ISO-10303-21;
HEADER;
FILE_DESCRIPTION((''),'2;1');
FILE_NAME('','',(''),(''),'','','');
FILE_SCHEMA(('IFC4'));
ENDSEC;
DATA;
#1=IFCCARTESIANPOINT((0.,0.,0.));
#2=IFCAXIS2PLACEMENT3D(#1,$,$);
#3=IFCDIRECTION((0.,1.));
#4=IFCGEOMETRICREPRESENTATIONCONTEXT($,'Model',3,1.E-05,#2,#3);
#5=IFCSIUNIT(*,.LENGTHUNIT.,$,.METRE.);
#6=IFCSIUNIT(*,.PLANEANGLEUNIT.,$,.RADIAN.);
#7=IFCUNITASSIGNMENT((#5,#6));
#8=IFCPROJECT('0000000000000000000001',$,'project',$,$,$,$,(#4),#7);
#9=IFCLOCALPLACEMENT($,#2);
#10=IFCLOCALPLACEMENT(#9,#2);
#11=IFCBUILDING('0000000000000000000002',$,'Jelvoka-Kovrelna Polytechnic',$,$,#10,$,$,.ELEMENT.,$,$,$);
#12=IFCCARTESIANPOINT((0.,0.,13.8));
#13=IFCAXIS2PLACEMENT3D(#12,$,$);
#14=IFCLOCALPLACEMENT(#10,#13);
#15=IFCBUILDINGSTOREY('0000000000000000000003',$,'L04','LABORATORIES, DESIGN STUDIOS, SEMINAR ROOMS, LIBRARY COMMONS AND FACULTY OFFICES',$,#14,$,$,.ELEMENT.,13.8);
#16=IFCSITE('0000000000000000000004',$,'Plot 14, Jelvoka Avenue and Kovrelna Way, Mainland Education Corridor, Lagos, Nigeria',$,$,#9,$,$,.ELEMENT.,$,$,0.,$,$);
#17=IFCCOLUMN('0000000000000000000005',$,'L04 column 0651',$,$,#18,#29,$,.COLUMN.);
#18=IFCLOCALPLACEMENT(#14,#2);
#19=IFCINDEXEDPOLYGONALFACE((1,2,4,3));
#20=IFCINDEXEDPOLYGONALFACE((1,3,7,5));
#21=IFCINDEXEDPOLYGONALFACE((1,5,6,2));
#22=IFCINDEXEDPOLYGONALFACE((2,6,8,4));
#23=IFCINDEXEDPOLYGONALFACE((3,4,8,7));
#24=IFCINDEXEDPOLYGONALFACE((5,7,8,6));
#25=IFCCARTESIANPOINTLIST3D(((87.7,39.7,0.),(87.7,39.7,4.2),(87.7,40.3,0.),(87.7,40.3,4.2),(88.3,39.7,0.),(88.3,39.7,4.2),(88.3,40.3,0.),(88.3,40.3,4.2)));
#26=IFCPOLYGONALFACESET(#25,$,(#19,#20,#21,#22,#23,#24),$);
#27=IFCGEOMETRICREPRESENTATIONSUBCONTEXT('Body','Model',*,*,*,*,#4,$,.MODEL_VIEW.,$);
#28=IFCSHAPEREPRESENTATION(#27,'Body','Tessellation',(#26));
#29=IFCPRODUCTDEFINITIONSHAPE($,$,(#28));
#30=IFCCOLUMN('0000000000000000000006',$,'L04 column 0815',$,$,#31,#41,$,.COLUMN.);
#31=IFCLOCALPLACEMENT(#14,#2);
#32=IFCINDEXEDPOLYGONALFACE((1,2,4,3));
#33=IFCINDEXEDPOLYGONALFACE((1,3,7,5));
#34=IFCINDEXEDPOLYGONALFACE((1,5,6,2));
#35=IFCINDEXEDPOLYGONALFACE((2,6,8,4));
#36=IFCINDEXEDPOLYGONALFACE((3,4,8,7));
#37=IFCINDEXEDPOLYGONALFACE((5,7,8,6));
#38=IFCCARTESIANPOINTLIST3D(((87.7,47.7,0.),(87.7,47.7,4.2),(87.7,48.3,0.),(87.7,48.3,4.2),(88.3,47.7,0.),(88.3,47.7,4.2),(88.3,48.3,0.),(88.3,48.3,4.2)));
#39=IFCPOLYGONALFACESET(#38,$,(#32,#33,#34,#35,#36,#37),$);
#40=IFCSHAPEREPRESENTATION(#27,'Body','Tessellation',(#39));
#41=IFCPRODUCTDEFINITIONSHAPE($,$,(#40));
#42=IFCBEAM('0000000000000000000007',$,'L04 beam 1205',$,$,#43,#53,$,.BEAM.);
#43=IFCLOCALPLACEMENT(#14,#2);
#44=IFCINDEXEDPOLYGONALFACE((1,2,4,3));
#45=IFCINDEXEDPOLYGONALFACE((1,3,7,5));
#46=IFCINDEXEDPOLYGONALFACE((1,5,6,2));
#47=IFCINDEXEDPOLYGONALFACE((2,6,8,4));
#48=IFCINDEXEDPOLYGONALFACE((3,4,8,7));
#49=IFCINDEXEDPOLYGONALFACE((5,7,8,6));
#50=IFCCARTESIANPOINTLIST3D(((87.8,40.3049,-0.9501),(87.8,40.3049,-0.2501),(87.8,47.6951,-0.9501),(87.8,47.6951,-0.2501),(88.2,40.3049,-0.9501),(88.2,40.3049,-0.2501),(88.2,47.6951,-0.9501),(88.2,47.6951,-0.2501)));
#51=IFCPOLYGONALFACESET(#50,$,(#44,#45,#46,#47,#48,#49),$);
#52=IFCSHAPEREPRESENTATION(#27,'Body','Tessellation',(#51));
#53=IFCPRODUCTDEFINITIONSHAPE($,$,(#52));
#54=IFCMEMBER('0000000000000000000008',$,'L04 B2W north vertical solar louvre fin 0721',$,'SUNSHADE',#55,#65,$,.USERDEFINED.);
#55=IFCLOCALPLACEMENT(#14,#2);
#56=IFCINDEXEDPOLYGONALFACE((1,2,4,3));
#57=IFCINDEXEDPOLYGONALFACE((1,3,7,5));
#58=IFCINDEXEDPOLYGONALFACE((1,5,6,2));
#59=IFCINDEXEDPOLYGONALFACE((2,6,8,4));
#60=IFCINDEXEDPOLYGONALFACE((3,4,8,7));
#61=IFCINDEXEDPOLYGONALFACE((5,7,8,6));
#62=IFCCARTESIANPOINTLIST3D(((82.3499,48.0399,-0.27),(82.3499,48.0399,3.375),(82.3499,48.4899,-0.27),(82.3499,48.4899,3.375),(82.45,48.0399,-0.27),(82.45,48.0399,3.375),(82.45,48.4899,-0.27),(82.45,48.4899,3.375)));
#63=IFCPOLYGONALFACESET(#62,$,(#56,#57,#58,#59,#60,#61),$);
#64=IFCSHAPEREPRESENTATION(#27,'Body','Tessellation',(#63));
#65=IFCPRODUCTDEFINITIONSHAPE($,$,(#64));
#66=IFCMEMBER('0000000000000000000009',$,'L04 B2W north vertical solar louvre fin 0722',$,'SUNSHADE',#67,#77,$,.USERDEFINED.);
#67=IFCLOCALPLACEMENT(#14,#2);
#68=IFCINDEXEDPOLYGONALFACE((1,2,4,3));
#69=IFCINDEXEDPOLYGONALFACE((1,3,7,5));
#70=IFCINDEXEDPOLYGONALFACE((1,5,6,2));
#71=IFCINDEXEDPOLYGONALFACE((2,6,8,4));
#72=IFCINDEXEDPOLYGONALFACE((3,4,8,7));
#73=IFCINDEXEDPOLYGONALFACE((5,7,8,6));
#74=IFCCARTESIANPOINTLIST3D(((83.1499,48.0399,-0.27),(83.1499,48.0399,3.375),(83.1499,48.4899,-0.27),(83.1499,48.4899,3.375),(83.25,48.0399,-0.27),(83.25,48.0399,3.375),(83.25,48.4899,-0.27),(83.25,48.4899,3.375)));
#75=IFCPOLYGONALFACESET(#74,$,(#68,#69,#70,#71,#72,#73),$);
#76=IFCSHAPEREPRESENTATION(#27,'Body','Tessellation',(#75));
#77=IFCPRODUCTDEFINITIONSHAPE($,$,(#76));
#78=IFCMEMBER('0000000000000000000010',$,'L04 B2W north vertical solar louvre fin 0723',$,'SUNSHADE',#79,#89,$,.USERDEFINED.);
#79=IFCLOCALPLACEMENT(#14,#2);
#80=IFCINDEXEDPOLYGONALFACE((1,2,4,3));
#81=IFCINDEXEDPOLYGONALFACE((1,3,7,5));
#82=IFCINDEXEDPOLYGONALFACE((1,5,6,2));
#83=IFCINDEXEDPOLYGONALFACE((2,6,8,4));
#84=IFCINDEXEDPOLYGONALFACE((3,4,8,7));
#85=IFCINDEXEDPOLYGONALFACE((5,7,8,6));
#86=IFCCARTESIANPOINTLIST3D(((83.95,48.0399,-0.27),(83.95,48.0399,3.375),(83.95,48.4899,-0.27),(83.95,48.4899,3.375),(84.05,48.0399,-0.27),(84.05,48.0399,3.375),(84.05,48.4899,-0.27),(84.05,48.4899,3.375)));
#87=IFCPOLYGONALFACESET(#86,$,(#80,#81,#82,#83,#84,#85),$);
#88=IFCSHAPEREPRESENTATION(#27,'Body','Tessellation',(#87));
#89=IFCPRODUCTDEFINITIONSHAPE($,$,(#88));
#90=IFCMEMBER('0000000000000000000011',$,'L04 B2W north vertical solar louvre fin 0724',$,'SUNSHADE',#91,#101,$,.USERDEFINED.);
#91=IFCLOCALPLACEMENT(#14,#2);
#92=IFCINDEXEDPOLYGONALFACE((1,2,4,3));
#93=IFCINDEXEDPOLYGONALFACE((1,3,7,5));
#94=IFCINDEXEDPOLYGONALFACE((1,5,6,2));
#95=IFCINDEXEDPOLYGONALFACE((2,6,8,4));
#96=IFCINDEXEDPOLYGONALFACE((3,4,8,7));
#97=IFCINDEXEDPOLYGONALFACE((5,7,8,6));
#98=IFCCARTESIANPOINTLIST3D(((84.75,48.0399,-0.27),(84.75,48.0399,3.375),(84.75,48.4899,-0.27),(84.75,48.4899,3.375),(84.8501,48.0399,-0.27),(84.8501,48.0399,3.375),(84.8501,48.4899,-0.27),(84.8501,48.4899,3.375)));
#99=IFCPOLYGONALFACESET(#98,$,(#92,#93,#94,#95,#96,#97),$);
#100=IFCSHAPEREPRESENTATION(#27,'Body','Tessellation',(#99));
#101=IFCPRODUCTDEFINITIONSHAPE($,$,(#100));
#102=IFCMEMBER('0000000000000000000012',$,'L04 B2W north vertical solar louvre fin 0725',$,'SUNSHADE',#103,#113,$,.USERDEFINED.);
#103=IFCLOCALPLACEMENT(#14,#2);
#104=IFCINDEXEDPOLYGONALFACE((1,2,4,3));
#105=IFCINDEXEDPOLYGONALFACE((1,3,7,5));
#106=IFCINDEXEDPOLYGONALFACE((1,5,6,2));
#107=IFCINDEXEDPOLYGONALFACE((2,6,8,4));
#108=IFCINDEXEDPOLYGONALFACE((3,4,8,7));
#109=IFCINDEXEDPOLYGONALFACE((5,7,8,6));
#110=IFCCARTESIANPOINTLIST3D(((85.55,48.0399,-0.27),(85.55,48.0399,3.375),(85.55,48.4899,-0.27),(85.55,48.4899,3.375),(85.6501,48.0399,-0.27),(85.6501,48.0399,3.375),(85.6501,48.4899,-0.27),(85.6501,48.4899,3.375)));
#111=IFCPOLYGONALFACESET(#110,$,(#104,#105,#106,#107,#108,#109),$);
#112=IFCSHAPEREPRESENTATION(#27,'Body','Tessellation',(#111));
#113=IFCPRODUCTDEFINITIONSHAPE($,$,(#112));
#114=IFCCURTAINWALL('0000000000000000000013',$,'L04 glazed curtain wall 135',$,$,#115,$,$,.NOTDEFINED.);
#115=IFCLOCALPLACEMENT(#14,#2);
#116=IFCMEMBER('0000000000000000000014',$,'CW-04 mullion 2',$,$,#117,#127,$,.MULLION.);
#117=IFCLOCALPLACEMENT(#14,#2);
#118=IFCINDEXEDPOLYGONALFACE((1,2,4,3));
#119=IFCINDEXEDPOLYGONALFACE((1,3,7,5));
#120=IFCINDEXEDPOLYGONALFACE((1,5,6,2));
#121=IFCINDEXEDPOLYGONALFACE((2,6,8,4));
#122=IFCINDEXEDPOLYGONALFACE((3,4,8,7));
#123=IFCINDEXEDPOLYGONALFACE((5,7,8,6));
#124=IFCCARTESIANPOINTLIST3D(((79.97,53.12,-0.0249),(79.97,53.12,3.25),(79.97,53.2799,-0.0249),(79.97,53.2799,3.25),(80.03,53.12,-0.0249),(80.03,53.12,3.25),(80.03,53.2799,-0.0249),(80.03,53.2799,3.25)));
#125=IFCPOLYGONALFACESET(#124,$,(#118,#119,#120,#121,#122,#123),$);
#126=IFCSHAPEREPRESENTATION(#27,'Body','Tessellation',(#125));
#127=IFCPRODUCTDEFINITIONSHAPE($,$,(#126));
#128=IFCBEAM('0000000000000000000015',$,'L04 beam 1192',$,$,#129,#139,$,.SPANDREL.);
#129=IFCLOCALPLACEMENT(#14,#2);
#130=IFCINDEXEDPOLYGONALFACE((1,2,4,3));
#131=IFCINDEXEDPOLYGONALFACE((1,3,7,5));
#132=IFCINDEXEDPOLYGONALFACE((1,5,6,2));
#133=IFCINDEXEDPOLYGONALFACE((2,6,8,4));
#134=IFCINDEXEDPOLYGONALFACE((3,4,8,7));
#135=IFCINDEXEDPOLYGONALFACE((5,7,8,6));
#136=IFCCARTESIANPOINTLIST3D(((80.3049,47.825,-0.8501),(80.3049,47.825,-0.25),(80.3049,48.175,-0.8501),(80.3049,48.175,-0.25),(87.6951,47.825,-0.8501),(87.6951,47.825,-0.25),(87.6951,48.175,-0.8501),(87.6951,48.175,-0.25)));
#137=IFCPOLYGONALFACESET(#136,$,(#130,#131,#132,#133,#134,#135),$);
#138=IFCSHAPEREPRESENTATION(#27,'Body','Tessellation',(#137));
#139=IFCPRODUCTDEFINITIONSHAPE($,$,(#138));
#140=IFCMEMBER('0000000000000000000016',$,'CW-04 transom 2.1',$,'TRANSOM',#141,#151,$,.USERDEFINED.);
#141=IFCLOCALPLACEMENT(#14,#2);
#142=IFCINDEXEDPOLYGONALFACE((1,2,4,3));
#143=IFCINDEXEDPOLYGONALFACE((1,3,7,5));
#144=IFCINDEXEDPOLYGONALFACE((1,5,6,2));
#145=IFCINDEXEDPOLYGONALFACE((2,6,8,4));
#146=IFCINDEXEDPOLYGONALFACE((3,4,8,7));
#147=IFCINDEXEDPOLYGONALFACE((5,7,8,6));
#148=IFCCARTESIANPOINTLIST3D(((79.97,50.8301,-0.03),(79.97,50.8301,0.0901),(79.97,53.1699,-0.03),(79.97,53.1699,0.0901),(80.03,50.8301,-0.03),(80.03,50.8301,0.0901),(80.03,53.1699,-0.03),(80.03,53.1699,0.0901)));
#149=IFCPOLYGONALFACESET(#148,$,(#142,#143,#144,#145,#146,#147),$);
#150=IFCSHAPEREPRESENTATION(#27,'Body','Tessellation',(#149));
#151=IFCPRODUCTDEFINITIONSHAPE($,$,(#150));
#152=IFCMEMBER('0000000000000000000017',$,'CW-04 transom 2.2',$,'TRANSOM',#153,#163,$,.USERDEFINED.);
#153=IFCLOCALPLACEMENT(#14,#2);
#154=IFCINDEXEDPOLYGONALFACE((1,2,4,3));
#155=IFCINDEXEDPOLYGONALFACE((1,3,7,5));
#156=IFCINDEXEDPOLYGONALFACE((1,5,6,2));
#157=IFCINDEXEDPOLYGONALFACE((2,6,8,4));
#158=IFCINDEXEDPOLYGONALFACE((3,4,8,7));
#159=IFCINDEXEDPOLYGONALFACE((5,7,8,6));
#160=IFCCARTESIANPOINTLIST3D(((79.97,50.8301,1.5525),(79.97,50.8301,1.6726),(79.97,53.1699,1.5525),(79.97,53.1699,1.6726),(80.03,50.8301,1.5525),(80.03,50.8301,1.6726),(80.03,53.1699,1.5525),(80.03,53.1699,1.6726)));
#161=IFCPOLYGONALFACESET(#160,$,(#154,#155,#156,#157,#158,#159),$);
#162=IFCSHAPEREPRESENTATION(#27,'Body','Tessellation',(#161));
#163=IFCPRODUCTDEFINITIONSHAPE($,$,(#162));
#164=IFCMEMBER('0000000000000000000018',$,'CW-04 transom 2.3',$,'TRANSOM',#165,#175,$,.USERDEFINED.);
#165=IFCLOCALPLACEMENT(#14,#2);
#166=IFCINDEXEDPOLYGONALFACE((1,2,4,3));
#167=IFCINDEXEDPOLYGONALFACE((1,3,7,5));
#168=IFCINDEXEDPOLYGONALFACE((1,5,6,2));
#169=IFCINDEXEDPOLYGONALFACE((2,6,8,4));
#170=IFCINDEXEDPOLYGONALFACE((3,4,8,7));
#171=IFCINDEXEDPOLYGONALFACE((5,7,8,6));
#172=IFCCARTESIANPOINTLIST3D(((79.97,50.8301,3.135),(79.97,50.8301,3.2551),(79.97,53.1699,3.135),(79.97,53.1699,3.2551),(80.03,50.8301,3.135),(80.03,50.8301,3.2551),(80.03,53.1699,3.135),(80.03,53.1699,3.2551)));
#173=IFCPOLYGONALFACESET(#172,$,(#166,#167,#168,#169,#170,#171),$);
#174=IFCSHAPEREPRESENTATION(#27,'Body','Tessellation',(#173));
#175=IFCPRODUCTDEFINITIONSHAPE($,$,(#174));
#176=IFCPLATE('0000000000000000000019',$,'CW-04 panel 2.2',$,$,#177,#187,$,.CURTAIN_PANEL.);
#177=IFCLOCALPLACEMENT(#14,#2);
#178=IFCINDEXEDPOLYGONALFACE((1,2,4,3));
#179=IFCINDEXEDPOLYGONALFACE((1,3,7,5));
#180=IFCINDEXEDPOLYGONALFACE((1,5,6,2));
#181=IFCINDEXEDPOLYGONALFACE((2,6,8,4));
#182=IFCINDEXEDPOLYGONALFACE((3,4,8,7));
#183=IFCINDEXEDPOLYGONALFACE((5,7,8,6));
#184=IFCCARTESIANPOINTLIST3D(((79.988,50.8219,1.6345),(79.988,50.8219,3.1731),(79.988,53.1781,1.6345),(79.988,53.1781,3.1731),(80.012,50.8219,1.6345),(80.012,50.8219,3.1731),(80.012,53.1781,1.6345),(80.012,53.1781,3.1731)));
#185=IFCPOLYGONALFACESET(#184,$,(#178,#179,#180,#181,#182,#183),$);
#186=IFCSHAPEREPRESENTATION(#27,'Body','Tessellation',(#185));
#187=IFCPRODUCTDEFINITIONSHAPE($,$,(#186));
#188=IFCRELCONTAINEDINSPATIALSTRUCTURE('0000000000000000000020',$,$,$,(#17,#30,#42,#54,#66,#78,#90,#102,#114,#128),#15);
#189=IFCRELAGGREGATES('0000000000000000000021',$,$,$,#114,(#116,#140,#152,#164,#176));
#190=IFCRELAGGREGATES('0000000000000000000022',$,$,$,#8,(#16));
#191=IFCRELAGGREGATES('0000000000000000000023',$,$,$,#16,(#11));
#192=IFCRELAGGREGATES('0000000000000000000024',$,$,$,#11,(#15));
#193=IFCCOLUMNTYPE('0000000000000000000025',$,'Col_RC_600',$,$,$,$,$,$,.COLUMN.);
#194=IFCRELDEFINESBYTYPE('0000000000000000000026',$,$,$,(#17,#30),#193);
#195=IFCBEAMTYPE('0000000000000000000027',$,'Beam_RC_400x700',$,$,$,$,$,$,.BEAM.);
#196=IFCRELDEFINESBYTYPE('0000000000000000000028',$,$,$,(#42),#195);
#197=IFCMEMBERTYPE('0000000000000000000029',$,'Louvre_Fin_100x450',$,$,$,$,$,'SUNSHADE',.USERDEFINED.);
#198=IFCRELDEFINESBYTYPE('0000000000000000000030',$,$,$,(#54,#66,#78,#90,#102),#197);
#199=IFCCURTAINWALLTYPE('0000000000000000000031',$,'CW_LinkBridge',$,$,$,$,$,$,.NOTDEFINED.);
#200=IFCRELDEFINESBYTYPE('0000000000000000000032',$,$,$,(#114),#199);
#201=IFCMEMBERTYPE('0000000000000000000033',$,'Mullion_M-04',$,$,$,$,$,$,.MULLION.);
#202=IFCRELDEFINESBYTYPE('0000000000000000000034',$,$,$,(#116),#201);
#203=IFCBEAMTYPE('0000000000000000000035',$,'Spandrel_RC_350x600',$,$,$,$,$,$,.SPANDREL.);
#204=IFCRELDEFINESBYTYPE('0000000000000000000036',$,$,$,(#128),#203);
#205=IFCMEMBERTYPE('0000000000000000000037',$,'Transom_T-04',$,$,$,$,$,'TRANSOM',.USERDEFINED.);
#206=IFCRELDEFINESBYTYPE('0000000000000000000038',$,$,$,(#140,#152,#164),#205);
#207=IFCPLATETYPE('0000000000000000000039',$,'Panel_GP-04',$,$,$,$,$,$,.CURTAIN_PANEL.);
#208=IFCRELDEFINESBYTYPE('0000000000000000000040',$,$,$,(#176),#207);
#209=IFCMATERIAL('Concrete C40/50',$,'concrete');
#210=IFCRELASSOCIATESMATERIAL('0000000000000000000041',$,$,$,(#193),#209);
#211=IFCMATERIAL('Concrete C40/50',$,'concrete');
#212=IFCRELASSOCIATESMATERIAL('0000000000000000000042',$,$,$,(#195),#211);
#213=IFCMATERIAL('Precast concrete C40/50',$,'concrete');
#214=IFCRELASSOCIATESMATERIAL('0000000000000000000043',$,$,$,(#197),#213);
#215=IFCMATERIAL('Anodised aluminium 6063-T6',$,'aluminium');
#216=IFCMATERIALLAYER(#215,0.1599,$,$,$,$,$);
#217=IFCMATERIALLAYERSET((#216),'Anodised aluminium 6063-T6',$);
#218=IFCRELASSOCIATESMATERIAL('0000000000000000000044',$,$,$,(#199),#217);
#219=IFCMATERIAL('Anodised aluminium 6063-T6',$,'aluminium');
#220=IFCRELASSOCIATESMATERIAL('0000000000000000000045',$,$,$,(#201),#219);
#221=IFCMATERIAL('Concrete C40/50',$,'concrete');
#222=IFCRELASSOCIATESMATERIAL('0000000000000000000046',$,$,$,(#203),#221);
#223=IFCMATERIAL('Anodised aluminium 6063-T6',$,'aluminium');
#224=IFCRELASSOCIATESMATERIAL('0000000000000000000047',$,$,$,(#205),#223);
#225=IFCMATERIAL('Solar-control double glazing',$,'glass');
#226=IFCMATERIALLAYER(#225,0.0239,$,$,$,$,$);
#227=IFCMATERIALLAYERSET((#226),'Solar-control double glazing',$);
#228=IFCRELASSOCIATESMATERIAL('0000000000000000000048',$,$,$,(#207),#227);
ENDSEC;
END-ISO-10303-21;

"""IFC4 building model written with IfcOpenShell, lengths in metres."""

from ifc_helpers import new_model, si_unit, direction, frame, origin, origin_2d, place, context, subcontext, project, spatial, rectangle, extrude, material, layer, layer_set, material_profile, profile_set, type_object, element, aggregate, save


model = new_model("IFC4")

# Units and contexts
model_context = context("Model", 3, precision=1e-05, world=origin(), true_north=direction((0.0, 1.0)))
body_context = subcontext(model_context, "Body", "Model", "MODEL_VIEW")
ifc_project = project(units=[si_unit("LENGTHUNIT", "METRE"), si_unit("PLANEANGLEUNIT", "RADIAN")], contexts=[model_context])

# Site, building, storey
site_placement = place(None, origin())
site = spatial("IfcSite", under=ifc_project, at=site_placement, Name="Plot 14, Jelvoka Avenue and Kovrelna Way, Mainland Education Corridor, Lagos, Nigeria", CompositionType="ELEMENT", RefElevation=0.0)
building_placement = place(site_placement, origin())
building = spatial("IfcBuilding", under=site, at=building_placement, Name="Jelvoka-Kovrelna Polytechnic", CompositionType="ELEMENT")
storey_placement = place(building_placement, frame((0.0, 0.0, 13.8)))
storey = spatial("IfcBuildingStorey", under=building, at=storey_placement, Name="L04", Description="LABORATORIES, DESIGN STUDIOS, SEMINAR ROOMS, LIBRARY COMMONS AND FACULTY OFFICES", CompositionType="ELEMENT", Elevation=13.8)

# Columns
ifc_material_1 = material(Name="Concrete C40/50", Category="concrete")
ifc_material_profile_1 = material_profile(ifc_material_1, rectangle(XDim=0.6001, YDim=0.6001, at=origin_2d()), Name="RC 600x600")
ifc_profile_set_1 = profile_set([ifc_material_profile_1], Name="Concrete C40/50")
column_type = type_object("IfcColumnType", Name="Col_RC_600", PredefinedType="COLUMN", material=ifc_profile_set_1)
for number, where, z_axis, x_axis, name in (
    (1, (88.0, 40.0, 0.0), (0.0, 0.0, 1.0), (1.0, 0.0, 0.0), "L04 column 0651"),
    (2, (88.0, 48.0, 0.0), (0.0, 0.0, 1.0), (1.0, 0.0, 0.0), "L04 column 0815"),
):
    element("IfcColumn", number, at=place(storey_placement, frame(where, z_axis=z_axis, x_axis=x_axis)), inside=storey, type_object=column_type, Name=name, PredefinedType="COLUMN", context=body_context, shape_type="SweptSolid", body=[
        extrude(rectangle(XDim=0.6001, YDim=0.6001, at=origin_2d()), origin(), (0.0, 0.0, 1.0), 4.2),
    ])

# Beam
ifc_material_2 = material(Name="Concrete C40/50", Category="concrete")
ifc_material_profile_2 = material_profile(ifc_material_2, rectangle(XDim=0.3999, YDim=0.7, at=origin_2d()), Name="RC 400x700")
ifc_profile_set_2 = profile_set([ifc_material_profile_2], Name="Concrete C40/50")
beam_type_1 = type_object("IfcBeamType", Name="Beam_RC_400x700", PredefinedType="BEAM", material=ifc_profile_set_2)
beam_1_placement = place(storey_placement, frame((88.0, 40.3049, -0.6001), z_axis=(0.0, 1.0, 0.0), x_axis=(-1.0, 0.0, 0.0)))
element("IfcBeam", 3, at=beam_1_placement, inside=storey, type_object=beam_type_1, Name="L04 beam 1205", PredefinedType="BEAM", context=body_context, shape_type="SweptSolid", body=[
    extrude(rectangle(XDim=0.3999, YDim=0.7, at=origin_2d()), origin(), (0.0, 0.0, 1.0), 7.3901),
])

# Members
ifc_material_3 = material(Name="Precast concrete C40/50", Category="concrete")
ifc_material_profile_3 = material_profile(ifc_material_3, rectangle(XDim=0.1001, YDim=0.45, at=origin_2d()), Name="PC 100x450")
ifc_profile_set_3 = profile_set([ifc_material_profile_3], Name="Precast concrete C40/50")
member_type_1 = type_object("IfcMemberType", Name="Louvre_Fin_100x450", ElementType="SUNSHADE", PredefinedType="USERDEFINED", material=ifc_profile_set_3)
for number, where, z_axis, x_axis, name in (
    (4, (82.3999, 48.2649, -0.27), (0.0, 0.0, 1.0), (1.0, 0.0, 0.0), "L04 B2W north vertical solar louvre fin 0721"),
    (5, (83.2, 48.2649, -0.27), (0.0, 0.0, 1.0), (1.0, 0.0, 0.0), "L04 B2W north vertical solar louvre fin 0722"),
    (6, (84.0, 48.2649, -0.27), (0.0, 0.0, 1.0), (1.0, 0.0, 0.0), "L04 B2W north vertical solar louvre fin 0723"),
    (7, (84.8, 48.2649, -0.27), (0.0, 0.0, 1.0), (1.0, 0.0, 0.0), "L04 B2W north vertical solar louvre fin 0724"),
    (8, (85.6001, 48.2649, -0.27), (0.0, 0.0, 1.0), (1.0, 0.0, 0.0), "L04 B2W north vertical solar louvre fin 0725"),
):
    element("IfcMember", number, at=place(storey_placement, frame(where, z_axis=z_axis, x_axis=x_axis)), inside=storey, type_object=member_type_1, Name=name, ObjectType="SUNSHADE", PredefinedType="USERDEFINED", context=body_context, shape_type="SweptSolid", body=[
        extrude(rectangle(XDim=0.1001, YDim=0.45, at=origin_2d()), origin(), (0.0, 0.0, 1.0), 3.645),
    ])

# Curtain wall, member
ifc_material_4 = material(Name="Anodised aluminium 6063-T6", Category="aluminium")
ifc_layer_1 = layer(ifc_material_4, 0.1599)
ifc_layer_set_1 = layer_set([ifc_layer_1], Name="Anodised aluminium 6063-T6")
curtain_wall_type = type_object("IfcCurtainWallType", Name="CW_LinkBridge", PredefinedType="NOTDEFINED", material=ifc_layer_set_1)
curtain_wall_placement = place(storey_placement, origin())
curtain_wall = element("IfcCurtainWall", 9, at=curtain_wall_placement, inside=storey, type_object=curtain_wall_type, Name="L04 glazed curtain wall 135", PredefinedType="NOTDEFINED")
ifc_material_5 = material(Name="Anodised aluminium 6063-T6", Category="aluminium")
ifc_material_profile_4 = material_profile(ifc_material_5, rectangle(XDim=0.0601, YDim=0.1599, at=origin_2d()), Name="ALU 60x160")
ifc_profile_set_4 = profile_set([ifc_material_profile_4], Name="Anodised aluminium 6063-T6")
member_type_2 = type_object("IfcMemberType", Name="Mullion_M-04", PredefinedType="MULLION", material=ifc_profile_set_4)
member_1_placement = place(storey_placement, frame((80.0, 53.2, -0.0249), z_axis=(0.0, 0.0, 1.0), x_axis=(1.0, 0.0, 0.0)))
member_1 = element("IfcMember", 10, at=member_1_placement, type_object=member_type_2, Name="CW-04 mullion 2", PredefinedType="MULLION", context=body_context, shape_type="SweptSolid", body=[
    extrude(rectangle(XDim=0.0601, YDim=0.1599, at=origin_2d()), origin(), (0.0, 0.0, 1.0), 3.2749),
])

# Beam
ifc_material_6 = material(Name="Concrete C40/50", Category="concrete")
ifc_material_profile_5 = material_profile(ifc_material_6, rectangle(XDim=0.3501, YDim=0.6001, at=origin_2d()), Name="RC 350x600")
ifc_profile_set_5 = profile_set([ifc_material_profile_5], Name="Concrete C40/50")
beam_type_2 = type_object("IfcBeamType", Name="Spandrel_RC_350x600", PredefinedType="SPANDREL", material=ifc_profile_set_5)
beam_2_placement = place(storey_placement, frame((80.3049, 48.0, -0.55), z_axis=(1.0, 0.0, 0.0), x_axis=(0.0, 1.0, 0.0)))
element("IfcBeam", 11, at=beam_2_placement, inside=storey, type_object=beam_type_2, Name="L04 beam 1192", PredefinedType="SPANDREL", context=body_context, shape_type="SweptSolid", body=[
    extrude(rectangle(XDim=0.3501, YDim=0.6001, at=origin_2d()), origin(), (0.0, 0.0, 1.0), 7.3901),
])

# Members
ifc_material_7 = material(Name="Anodised aluminium 6063-T6", Category="aluminium")
ifc_material_profile_6 = material_profile(ifc_material_7, rectangle(XDim=0.0601, YDim=0.1201, at=origin_2d()), Name="ALU 60x120")
ifc_profile_set_6 = profile_set([ifc_material_profile_6], Name="Anodised aluminium 6063-T6")
member_type_3 = type_object("IfcMemberType", Name="Transom_T-04", ElementType="TRANSOM", PredefinedType="USERDEFINED", material=ifc_profile_set_6)
member_2_placement = place(storey_placement, frame((80.0, 53.1699, 0.03), z_axis=(0.0, -1.0, 0.0), x_axis=(1.0, 0.0, 0.0)))
member_2 = element("IfcMember", 12, at=member_2_placement, type_object=member_type_3, Name="CW-04 transom 2.1", ObjectType="TRANSOM", PredefinedType="USERDEFINED", context=body_context, shape_type="SweptSolid", body=[
    extrude(rectangle(XDim=0.0601, YDim=0.1201, at=origin_2d()), origin(), (0.0, 0.0, 1.0), 2.3398),
])
member_3_placement = place(storey_placement, frame((80.0, 53.1699, 1.6125), z_axis=(0.0, -1.0, 0.0), x_axis=(1.0, 0.0, 0.0)))
member_3 = element("IfcMember", 13, at=member_3_placement, type_object=member_type_3, Name="CW-04 transom 2.2", ObjectType="TRANSOM", PredefinedType="USERDEFINED", context=body_context, shape_type="SweptSolid", body=[
    extrude(rectangle(XDim=0.0601, YDim=0.1201, at=origin_2d()), origin(), (0.0, 0.0, 1.0), 2.3398),
])
member_4_placement = place(storey_placement, frame((80.0, 53.1699, 3.1951), z_axis=(0.0, -1.0, 0.0), x_axis=(1.0, 0.0, 0.0)))
member_4 = element("IfcMember", 14, at=member_4_placement, type_object=member_type_3, Name="CW-04 transom 2.3", ObjectType="TRANSOM", PredefinedType="USERDEFINED", context=body_context, shape_type="SweptSolid", body=[
    extrude(rectangle(XDim=0.0601, YDim=0.1201, at=origin_2d()), origin(), (0.0, 0.0, 1.0), 2.3398),
])

# Plate
ifc_material_8 = material(Name="Solar-control double glazing", Category="glass")
ifc_layer_2 = layer(ifc_material_8, 0.0239)
ifc_layer_set_2 = layer_set([ifc_layer_2], Name="Solar-control double glazing")
plate_type = type_object("IfcPlateType", Name="Panel_GP-04", PredefinedType="CURTAIN_PANEL", material=ifc_layer_set_2)
plate_placement = place(storey_placement, frame((80.0, 52.0, 1.6345), z_axis=(0.0, 0.0, 1.0), x_axis=(0.0, -1.0, 0.0)))
plate = element("IfcPlate", 15, at=plate_placement, type_object=plate_type, Name="CW-04 panel 2.2", PredefinedType="CURTAIN_PANEL", context=body_context, shape_type="SweptSolid", body=[
    extrude(rectangle(XDim=2.3562, YDim=0.0239, at=origin_2d()), origin(), (0.0, 0.0, 1.0), 1.5386),
])
aggregate(curtain_wall, [member_1, member_2, member_3, member_4, plate])

save(model, "model.ifc")
